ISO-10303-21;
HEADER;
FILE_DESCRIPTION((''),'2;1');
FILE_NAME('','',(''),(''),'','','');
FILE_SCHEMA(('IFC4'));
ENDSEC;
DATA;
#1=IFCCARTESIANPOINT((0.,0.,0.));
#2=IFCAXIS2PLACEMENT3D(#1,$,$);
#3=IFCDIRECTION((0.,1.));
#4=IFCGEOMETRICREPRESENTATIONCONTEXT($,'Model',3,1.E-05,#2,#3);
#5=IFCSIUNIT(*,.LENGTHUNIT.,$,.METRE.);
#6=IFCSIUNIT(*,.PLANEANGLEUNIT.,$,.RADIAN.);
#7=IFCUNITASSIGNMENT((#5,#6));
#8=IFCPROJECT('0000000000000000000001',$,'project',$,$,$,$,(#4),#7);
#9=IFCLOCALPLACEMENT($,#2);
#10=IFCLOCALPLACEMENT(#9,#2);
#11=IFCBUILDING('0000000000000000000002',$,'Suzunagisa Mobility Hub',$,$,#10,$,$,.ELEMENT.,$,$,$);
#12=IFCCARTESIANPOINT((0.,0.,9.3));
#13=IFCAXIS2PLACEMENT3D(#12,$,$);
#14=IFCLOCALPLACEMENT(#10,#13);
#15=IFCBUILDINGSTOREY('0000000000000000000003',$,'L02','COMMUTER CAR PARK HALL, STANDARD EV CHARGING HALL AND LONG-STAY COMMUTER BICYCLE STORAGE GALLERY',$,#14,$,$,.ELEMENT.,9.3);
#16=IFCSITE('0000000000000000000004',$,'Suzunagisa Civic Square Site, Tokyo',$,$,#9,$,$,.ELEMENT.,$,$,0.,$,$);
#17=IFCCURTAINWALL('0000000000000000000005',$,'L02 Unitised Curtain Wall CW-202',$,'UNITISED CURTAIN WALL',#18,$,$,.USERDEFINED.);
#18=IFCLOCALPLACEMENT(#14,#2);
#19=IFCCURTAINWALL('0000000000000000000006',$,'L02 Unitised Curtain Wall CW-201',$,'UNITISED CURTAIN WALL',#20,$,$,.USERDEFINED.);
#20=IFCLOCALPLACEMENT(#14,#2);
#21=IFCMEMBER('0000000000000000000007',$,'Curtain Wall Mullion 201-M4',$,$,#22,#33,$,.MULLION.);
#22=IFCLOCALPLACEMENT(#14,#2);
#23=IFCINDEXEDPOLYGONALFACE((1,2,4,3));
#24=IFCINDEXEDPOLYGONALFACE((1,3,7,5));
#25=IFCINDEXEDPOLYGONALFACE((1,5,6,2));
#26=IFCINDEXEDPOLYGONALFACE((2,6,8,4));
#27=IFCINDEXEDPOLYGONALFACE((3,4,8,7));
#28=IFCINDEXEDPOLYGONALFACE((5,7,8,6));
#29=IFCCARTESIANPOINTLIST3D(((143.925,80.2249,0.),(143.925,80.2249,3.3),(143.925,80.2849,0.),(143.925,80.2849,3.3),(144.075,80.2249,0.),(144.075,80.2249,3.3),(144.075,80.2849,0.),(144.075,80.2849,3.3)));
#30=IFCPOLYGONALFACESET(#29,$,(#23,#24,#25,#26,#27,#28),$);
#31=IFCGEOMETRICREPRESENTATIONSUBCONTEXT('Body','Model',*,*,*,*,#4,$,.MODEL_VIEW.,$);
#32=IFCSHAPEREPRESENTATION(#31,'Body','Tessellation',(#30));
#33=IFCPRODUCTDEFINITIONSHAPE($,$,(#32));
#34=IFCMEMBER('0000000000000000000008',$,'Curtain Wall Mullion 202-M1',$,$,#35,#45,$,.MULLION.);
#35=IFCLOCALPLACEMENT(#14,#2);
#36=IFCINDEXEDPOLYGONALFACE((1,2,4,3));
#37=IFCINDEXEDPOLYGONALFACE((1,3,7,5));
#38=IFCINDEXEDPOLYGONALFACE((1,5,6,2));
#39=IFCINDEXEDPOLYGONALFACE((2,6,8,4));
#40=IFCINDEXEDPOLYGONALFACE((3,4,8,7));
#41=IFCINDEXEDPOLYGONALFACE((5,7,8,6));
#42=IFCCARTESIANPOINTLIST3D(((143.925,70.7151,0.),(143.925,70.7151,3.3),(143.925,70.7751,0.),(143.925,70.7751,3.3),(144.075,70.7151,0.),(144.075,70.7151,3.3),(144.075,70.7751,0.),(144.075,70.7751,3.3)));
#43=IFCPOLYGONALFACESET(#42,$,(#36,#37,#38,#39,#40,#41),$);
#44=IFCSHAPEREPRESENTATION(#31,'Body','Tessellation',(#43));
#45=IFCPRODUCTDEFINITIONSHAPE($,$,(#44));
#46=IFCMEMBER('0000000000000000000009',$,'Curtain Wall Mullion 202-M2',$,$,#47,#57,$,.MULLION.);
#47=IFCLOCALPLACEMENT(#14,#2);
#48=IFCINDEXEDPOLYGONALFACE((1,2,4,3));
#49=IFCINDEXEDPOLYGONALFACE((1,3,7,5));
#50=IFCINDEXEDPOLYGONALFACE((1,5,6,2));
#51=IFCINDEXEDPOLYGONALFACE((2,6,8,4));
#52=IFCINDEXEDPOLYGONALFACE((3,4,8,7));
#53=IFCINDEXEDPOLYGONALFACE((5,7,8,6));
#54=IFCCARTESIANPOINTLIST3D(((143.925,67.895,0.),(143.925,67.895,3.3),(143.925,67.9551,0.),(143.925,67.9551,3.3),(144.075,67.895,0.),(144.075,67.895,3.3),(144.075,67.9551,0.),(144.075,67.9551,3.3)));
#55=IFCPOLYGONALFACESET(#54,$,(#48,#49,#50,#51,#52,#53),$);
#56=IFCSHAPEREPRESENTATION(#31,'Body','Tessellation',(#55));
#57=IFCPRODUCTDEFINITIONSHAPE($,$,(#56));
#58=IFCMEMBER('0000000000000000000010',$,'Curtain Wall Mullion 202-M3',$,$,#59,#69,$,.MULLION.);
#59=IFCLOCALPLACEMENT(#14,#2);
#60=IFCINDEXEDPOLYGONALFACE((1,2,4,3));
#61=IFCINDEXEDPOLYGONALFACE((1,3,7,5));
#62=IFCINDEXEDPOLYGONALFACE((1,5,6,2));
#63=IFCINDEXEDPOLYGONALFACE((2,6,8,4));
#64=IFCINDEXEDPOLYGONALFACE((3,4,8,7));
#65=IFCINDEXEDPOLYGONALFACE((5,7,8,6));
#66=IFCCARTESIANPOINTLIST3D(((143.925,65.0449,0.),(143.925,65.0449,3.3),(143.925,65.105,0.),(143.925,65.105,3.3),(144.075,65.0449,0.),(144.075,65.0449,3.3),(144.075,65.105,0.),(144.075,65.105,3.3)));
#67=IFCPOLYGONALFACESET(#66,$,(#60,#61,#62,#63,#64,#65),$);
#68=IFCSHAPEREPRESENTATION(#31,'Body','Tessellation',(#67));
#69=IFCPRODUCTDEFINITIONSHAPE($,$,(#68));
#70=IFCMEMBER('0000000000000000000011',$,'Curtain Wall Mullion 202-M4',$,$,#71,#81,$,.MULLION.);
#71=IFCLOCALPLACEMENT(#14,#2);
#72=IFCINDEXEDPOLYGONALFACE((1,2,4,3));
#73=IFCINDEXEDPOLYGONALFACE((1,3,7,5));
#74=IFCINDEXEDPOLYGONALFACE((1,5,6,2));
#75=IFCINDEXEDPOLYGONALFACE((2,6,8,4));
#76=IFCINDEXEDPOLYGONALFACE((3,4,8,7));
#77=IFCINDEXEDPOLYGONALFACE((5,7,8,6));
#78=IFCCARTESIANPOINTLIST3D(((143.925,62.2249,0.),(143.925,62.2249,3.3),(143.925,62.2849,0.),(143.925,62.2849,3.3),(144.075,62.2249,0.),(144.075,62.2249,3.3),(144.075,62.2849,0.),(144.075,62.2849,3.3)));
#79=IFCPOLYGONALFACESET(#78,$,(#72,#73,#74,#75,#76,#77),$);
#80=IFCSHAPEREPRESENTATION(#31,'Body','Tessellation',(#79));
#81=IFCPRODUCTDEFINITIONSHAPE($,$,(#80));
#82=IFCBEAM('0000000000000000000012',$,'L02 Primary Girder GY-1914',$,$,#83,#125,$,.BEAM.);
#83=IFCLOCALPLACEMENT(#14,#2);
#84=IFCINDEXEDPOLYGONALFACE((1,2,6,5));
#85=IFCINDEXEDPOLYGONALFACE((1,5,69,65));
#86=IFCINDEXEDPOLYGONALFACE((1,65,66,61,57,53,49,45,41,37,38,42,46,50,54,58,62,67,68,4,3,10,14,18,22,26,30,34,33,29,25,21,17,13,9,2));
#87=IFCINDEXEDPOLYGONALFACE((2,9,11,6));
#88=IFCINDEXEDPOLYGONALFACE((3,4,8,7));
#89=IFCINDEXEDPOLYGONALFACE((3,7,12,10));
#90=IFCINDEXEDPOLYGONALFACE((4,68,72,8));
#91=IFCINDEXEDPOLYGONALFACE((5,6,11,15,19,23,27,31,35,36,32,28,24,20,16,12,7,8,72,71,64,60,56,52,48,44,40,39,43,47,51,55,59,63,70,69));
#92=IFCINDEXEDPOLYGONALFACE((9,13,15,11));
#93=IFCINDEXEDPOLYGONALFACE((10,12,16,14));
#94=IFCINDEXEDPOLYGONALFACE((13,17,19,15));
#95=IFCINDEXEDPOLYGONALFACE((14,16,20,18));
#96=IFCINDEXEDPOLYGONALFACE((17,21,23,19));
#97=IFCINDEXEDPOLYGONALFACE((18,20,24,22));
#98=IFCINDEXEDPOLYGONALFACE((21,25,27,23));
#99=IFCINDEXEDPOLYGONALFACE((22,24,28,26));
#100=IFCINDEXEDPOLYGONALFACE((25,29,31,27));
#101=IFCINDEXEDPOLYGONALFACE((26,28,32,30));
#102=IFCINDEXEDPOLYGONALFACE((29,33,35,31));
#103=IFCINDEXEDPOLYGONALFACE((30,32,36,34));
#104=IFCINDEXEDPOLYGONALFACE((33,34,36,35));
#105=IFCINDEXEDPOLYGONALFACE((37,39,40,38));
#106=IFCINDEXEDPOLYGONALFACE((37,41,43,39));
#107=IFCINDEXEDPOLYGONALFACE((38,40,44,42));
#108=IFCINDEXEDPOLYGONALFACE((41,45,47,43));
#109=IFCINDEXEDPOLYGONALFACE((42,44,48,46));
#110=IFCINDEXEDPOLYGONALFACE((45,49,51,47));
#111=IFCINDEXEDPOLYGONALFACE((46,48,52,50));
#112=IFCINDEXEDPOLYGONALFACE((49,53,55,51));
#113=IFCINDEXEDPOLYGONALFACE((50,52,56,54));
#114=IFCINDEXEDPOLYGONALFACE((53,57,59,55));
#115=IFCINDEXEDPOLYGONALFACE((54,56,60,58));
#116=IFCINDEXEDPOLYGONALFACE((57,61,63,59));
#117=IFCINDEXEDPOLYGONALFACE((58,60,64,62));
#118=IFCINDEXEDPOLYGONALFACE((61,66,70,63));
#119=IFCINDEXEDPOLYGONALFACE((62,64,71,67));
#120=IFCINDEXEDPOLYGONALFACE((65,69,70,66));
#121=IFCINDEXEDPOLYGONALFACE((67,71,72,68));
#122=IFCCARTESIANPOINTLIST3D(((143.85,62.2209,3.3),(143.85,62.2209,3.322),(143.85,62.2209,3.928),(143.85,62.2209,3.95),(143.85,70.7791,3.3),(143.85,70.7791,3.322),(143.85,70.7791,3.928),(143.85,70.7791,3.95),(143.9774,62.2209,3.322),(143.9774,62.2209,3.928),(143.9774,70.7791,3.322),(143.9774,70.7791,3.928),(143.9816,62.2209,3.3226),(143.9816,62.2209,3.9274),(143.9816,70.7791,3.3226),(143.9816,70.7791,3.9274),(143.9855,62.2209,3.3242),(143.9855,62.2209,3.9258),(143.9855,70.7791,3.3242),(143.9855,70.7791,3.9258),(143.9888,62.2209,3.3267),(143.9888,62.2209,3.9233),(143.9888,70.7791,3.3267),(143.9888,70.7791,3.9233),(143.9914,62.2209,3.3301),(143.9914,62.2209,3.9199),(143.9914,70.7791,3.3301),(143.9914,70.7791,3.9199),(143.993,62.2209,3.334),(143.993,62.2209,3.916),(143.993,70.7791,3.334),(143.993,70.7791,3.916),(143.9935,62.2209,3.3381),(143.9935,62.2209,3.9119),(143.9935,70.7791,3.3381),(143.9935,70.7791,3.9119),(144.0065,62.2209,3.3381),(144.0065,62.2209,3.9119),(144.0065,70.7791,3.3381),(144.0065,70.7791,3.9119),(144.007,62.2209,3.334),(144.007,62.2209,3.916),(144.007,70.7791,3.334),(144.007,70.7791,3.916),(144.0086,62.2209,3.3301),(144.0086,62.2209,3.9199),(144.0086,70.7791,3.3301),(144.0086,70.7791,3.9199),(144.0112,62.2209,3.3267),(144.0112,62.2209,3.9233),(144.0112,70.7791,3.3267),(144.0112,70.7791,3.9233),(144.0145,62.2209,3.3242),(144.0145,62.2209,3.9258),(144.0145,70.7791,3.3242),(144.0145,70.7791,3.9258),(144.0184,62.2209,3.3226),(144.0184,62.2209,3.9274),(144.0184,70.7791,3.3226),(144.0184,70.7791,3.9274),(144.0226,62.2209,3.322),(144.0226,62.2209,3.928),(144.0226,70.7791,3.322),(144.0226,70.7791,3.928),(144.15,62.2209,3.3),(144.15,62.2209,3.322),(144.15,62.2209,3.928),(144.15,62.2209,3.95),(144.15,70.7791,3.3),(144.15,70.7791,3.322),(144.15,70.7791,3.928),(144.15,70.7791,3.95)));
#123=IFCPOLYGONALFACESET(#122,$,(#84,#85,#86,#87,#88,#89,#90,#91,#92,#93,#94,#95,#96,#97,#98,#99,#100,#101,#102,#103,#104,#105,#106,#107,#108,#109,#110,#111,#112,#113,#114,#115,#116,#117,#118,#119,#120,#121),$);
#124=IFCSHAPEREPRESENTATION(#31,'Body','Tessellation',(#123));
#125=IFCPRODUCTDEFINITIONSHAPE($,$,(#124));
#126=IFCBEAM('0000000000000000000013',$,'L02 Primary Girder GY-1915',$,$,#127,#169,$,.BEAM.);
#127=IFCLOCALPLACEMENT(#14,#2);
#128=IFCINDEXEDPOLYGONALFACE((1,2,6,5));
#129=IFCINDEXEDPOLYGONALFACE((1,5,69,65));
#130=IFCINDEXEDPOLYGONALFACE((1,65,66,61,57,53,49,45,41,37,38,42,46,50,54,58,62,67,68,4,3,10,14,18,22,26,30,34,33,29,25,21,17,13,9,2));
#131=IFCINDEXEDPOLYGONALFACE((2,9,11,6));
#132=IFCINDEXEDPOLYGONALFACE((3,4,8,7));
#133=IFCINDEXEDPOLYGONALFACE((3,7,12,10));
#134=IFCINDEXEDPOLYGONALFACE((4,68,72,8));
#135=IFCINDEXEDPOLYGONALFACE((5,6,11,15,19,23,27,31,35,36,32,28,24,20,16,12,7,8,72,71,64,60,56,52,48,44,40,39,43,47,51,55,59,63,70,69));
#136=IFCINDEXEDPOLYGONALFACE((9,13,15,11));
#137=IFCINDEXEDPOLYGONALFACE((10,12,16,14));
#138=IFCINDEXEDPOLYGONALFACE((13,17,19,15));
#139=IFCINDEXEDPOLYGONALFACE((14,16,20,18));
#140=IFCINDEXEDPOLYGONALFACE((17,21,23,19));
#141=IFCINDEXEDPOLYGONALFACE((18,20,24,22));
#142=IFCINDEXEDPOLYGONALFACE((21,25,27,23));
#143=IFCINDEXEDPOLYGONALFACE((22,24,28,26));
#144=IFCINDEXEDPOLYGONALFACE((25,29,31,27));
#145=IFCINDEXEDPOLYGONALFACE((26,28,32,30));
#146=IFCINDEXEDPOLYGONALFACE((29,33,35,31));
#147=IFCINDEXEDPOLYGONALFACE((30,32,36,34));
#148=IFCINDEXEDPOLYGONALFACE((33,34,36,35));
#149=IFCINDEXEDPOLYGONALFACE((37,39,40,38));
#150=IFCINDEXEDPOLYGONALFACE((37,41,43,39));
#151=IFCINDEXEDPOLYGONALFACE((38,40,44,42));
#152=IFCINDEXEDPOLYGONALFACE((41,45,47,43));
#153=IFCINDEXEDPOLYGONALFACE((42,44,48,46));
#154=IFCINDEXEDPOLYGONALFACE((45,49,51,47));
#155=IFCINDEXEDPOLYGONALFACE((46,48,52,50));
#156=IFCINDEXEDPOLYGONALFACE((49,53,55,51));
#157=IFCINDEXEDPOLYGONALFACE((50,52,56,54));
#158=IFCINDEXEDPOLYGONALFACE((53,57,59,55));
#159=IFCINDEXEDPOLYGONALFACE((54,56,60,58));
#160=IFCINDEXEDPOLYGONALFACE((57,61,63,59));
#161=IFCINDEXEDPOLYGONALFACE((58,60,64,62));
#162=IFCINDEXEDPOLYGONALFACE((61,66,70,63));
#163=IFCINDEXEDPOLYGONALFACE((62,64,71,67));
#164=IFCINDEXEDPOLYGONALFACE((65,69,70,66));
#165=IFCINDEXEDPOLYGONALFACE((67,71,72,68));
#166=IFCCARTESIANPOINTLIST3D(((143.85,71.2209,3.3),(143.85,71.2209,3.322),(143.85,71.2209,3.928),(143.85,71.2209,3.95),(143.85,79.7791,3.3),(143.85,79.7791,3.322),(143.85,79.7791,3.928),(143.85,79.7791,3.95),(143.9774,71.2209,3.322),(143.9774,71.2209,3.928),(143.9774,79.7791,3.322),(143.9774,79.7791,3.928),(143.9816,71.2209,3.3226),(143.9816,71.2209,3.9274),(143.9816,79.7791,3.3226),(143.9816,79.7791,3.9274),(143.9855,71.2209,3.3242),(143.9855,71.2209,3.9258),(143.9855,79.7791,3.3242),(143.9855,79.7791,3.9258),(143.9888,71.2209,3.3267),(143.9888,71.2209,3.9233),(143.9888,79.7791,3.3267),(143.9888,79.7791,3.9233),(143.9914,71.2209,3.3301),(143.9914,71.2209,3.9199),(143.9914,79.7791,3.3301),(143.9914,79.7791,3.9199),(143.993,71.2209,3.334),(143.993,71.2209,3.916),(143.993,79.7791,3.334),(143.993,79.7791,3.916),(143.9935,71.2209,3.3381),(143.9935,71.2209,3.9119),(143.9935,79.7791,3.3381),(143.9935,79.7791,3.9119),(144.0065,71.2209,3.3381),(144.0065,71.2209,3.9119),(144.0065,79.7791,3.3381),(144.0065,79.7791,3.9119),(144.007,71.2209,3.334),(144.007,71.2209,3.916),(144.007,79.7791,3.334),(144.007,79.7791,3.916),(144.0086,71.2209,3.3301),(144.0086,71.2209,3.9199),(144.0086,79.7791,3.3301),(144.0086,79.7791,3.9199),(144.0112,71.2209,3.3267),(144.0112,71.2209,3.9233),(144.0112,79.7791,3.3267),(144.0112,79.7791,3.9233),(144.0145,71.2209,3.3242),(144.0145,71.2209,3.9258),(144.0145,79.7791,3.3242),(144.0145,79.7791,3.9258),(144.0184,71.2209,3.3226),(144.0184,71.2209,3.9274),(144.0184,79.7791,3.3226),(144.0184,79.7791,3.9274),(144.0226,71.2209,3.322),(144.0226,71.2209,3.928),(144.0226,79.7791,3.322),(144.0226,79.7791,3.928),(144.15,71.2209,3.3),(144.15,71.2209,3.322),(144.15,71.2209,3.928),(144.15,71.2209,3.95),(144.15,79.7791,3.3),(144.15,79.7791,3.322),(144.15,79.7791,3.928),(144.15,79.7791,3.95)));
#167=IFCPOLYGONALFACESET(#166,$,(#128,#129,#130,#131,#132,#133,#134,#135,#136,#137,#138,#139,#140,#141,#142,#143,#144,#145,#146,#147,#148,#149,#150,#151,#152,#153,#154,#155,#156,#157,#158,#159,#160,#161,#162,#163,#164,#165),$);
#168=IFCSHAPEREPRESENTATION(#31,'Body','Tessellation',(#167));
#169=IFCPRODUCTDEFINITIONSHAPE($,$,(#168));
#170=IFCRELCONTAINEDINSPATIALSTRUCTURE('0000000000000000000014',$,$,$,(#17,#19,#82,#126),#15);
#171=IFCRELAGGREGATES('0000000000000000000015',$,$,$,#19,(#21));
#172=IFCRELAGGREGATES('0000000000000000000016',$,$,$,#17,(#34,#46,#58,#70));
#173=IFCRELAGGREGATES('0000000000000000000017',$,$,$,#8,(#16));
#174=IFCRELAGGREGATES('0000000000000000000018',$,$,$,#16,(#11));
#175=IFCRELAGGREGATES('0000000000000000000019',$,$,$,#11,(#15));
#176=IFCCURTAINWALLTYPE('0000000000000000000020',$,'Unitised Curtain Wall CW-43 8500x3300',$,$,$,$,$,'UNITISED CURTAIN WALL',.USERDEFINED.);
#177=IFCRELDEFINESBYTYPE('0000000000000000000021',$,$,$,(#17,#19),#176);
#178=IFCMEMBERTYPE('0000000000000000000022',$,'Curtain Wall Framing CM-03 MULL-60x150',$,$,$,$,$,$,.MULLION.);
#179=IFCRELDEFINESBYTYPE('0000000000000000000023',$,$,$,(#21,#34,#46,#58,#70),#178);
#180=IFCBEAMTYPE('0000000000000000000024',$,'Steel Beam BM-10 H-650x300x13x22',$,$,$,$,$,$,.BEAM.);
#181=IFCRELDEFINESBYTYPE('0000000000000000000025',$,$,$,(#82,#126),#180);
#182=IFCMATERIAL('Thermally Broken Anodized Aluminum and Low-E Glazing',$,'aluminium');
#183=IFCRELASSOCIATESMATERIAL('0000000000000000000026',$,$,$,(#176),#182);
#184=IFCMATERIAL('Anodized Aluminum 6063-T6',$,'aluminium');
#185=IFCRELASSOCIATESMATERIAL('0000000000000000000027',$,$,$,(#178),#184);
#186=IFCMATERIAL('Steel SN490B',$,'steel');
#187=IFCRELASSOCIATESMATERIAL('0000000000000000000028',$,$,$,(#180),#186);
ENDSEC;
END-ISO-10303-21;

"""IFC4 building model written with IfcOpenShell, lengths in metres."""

from ifc_helpers import new_model, si_unit, direction, frame, origin, origin_2d, place, context, subcontext, project, spatial, rectangle, i_section, extrude, material, material_profile, profile_set, type_object, element, aggregate, save


model = new_model("IFC4")

# Units and contexts
model_context = context("Model", 3, precision=1e-05, world=origin(), true_north=direction((0.0, 1.0)))
body_context = subcontext(model_context, "Body", "Model", "MODEL_VIEW")
ifc_project = project(units=[si_unit("LENGTHUNIT", "METRE"), si_unit("PLANEANGLEUNIT", "RADIAN")], contexts=[model_context])

# Site, building, storey
site_placement = place(None, origin())
site = spatial("IfcSite", under=ifc_project, at=site_placement, Name="Suzunagisa Civic Square Site, Tokyo", CompositionType="ELEMENT", RefElevation=0.0)
building_placement = place(site_placement, origin())
building = spatial("IfcBuilding", under=site, at=building_placement, Name="Suzunagisa Mobility Hub", CompositionType="ELEMENT")
storey_placement = place(building_placement, frame((0.0, 0.0, 9.3)))
storey = spatial("IfcBuildingStorey", under=building, at=storey_placement, Name="L02", Description="COMMUTER CAR PARK HALL, STANDARD EV CHARGING HALL AND LONG-STAY COMMUTER BICYCLE STORAGE GALLERY", CompositionType="ELEMENT", Elevation=9.3)

# Shared definitions
ifc_material_1 = material(Name="Steel SN490B", Category="steel")

# Curtain wall
ifc_material_2 = material(Name="Thermally Broken Anodized Aluminum and Low-E Glazing", Category="aluminium")
curtain_wall_type = type_object("IfcCurtainWallType", Name="Unitised Curtain Wall CW-43 8500x3300", ElementType="UNITISED CURTAIN WALL", PredefinedType="USERDEFINED", material=ifc_material_2)
curtain_wall_1_placement = place(storey_placement, origin())
curtain_wall_1 = element("IfcCurtainWall", 1, at=curtain_wall_1_placement, inside=storey, type_object=curtain_wall_type, Name="L02 Unitised Curtain Wall CW-202", ObjectType="UNITISED CURTAIN WALL", PredefinedType="USERDEFINED")
ifc_material_3 = material(Name="Anodized Aluminum 6063-T6", Category="aluminium")

# Curtain wall, member
curtain_wall_2_placement = place(storey_placement, origin())
curtain_wall_2 = element("IfcCurtainWall", 2, at=curtain_wall_2_placement, inside=storey, type_object=curtain_wall_type, Name="L02 Unitised Curtain Wall CW-201", ObjectType="UNITISED CURTAIN WALL", PredefinedType="USERDEFINED")
ifc_material_profile_1 = material_profile(ifc_material_3, rectangle(XDim=0.0601, YDim=0.1499, at=origin_2d()), Name="MULL-60x150")
ifc_profile_set_1 = profile_set([ifc_material_profile_1], Name="Anodized Aluminum 6063-T6")
member_type_1 = type_object("IfcMemberType", Name="Curtain Wall Framing CM-03 MULL-60x150", PredefinedType="MULLION", material=ifc_profile_set_1)
member_1_placement = place(storey_placement, frame((144.0, 80.2549, 0.0), z_axis=(0.0, 0.0, 1.0), x_axis=(0.0, -1.0, 0.0)))
member_1 = element("IfcMember", 3, at=member_1_placement, type_object=member_type_1, Name="Curtain Wall Mullion 201-M4", PredefinedType="MULLION", context=body_context, shape_type="SweptSolid", body=[
    extrude(rectangle(XDim=0.0601, YDim=0.1499, at=origin_2d()), origin(), (0.0, 0.0, 1.0), 3.3),
])

# Members
member_2_placement = place(storey_placement, frame((144.0, 70.7451, 0.0), z_axis=(0.0, 0.0, 1.0), x_axis=(0.0, -1.0, 0.0)))
member_2 = element("IfcMember", 4, at=member_2_placement, type_object=member_type_1, Name="Curtain Wall Mullion 202-M1", PredefinedType="MULLION", context=body_context, shape_type="SweptSolid", body=[
    extrude(rectangle(XDim=0.0601, YDim=0.1499, at=origin_2d()), origin(), (0.0, 0.0, 1.0), 3.3),
])
member_3_placement = place(storey_placement, frame((144.0, 67.925, 0.0), z_axis=(0.0, 0.0, 1.0), x_axis=(0.0, -1.0, 0.0)))
member_3 = element("IfcMember", 5, at=member_3_placement, type_object=member_type_1, Name="Curtain Wall Mullion 202-M2", PredefinedType="MULLION", context=body_context, shape_type="SweptSolid", body=[
    extrude(rectangle(XDim=0.0601, YDim=0.1499, at=origin_2d()), origin(), (0.0, 0.0, 1.0), 3.3),
])
member_4_placement = place(storey_placement, frame((144.0, 65.075, 0.0), z_axis=(0.0, 0.0, 1.0), x_axis=(0.0, -1.0, 0.0)))
member_4 = element("IfcMember", 6, at=member_4_placement, type_object=member_type_1, Name="Curtain Wall Mullion 202-M3", PredefinedType="MULLION", context=body_context, shape_type="SweptSolid", body=[
    extrude(rectangle(XDim=0.0601, YDim=0.1499, at=origin_2d()), origin(), (0.0, 0.0, 1.0), 3.3),
])
member_5_placement = place(storey_placement, frame((144.0, 62.2549, 0.0), z_axis=(0.0, 0.0, 1.0), x_axis=(0.0, -1.0, 0.0)))
member_5 = element("IfcMember", 7, at=member_5_placement, type_object=member_type_1, Name="Curtain Wall Mullion 202-M4", PredefinedType="MULLION", context=body_context, shape_type="SweptSolid", body=[
    extrude(rectangle(XDim=0.0601, YDim=0.1499, at=origin_2d()), origin(), (0.0, 0.0, 1.0), 3.3),
])

# Beams
ifc_material_profile_2 = material_profile(ifc_material_1, i_section(OverallWidth=0.3, OverallDepth=0.6499, WebThickness=0.0129, FlangeThickness=0.022, FilletRadius=0.0161, at=origin_2d()), Name="H-650x300x13x22")
ifc_profile_set_2 = profile_set([ifc_material_profile_2], Name="Steel SN490B")
beam_type_1 = type_object("IfcBeamType", Name="Steel Beam BM-10 H-650x300x13x22", PredefinedType="BEAM", material=ifc_profile_set_2)
for number, where, z_axis, x_axis, name in (
    (8, (144.0, 62.2209, 3.625), (0.0, 1.0, 0.0), (-1.0, 0.0, 0.0), "L02 Primary Girder GY-1914"),
    (9, (144.0, 71.2209, 3.625), (0.0, 1.0, 0.0), (-1.0, 0.0, 0.0), "L02 Primary Girder GY-1915"),
):
    element("IfcBeam", number, at=place(storey_placement, frame(where, z_axis=z_axis, x_axis=x_axis)), inside=storey, type_object=beam_type_1, Name=name, PredefinedType="BEAM", context=body_context, shape_type="SweptSolid", body=[
        extrude(i_section(OverallWidth=0.3, OverallDepth=0.6499, WebThickness=0.0129, FlangeThickness=0.022, FilletRadius=0.0161, at=origin_2d()), origin(), (0.0, 0.0, 1.0), 8.5581),
    ])

aggregate(curtain_wall_2, [member_1])
aggregate(curtain_wall_1, [member_2, member_3, member_4, member_5])

save(model, "model.ifc")
